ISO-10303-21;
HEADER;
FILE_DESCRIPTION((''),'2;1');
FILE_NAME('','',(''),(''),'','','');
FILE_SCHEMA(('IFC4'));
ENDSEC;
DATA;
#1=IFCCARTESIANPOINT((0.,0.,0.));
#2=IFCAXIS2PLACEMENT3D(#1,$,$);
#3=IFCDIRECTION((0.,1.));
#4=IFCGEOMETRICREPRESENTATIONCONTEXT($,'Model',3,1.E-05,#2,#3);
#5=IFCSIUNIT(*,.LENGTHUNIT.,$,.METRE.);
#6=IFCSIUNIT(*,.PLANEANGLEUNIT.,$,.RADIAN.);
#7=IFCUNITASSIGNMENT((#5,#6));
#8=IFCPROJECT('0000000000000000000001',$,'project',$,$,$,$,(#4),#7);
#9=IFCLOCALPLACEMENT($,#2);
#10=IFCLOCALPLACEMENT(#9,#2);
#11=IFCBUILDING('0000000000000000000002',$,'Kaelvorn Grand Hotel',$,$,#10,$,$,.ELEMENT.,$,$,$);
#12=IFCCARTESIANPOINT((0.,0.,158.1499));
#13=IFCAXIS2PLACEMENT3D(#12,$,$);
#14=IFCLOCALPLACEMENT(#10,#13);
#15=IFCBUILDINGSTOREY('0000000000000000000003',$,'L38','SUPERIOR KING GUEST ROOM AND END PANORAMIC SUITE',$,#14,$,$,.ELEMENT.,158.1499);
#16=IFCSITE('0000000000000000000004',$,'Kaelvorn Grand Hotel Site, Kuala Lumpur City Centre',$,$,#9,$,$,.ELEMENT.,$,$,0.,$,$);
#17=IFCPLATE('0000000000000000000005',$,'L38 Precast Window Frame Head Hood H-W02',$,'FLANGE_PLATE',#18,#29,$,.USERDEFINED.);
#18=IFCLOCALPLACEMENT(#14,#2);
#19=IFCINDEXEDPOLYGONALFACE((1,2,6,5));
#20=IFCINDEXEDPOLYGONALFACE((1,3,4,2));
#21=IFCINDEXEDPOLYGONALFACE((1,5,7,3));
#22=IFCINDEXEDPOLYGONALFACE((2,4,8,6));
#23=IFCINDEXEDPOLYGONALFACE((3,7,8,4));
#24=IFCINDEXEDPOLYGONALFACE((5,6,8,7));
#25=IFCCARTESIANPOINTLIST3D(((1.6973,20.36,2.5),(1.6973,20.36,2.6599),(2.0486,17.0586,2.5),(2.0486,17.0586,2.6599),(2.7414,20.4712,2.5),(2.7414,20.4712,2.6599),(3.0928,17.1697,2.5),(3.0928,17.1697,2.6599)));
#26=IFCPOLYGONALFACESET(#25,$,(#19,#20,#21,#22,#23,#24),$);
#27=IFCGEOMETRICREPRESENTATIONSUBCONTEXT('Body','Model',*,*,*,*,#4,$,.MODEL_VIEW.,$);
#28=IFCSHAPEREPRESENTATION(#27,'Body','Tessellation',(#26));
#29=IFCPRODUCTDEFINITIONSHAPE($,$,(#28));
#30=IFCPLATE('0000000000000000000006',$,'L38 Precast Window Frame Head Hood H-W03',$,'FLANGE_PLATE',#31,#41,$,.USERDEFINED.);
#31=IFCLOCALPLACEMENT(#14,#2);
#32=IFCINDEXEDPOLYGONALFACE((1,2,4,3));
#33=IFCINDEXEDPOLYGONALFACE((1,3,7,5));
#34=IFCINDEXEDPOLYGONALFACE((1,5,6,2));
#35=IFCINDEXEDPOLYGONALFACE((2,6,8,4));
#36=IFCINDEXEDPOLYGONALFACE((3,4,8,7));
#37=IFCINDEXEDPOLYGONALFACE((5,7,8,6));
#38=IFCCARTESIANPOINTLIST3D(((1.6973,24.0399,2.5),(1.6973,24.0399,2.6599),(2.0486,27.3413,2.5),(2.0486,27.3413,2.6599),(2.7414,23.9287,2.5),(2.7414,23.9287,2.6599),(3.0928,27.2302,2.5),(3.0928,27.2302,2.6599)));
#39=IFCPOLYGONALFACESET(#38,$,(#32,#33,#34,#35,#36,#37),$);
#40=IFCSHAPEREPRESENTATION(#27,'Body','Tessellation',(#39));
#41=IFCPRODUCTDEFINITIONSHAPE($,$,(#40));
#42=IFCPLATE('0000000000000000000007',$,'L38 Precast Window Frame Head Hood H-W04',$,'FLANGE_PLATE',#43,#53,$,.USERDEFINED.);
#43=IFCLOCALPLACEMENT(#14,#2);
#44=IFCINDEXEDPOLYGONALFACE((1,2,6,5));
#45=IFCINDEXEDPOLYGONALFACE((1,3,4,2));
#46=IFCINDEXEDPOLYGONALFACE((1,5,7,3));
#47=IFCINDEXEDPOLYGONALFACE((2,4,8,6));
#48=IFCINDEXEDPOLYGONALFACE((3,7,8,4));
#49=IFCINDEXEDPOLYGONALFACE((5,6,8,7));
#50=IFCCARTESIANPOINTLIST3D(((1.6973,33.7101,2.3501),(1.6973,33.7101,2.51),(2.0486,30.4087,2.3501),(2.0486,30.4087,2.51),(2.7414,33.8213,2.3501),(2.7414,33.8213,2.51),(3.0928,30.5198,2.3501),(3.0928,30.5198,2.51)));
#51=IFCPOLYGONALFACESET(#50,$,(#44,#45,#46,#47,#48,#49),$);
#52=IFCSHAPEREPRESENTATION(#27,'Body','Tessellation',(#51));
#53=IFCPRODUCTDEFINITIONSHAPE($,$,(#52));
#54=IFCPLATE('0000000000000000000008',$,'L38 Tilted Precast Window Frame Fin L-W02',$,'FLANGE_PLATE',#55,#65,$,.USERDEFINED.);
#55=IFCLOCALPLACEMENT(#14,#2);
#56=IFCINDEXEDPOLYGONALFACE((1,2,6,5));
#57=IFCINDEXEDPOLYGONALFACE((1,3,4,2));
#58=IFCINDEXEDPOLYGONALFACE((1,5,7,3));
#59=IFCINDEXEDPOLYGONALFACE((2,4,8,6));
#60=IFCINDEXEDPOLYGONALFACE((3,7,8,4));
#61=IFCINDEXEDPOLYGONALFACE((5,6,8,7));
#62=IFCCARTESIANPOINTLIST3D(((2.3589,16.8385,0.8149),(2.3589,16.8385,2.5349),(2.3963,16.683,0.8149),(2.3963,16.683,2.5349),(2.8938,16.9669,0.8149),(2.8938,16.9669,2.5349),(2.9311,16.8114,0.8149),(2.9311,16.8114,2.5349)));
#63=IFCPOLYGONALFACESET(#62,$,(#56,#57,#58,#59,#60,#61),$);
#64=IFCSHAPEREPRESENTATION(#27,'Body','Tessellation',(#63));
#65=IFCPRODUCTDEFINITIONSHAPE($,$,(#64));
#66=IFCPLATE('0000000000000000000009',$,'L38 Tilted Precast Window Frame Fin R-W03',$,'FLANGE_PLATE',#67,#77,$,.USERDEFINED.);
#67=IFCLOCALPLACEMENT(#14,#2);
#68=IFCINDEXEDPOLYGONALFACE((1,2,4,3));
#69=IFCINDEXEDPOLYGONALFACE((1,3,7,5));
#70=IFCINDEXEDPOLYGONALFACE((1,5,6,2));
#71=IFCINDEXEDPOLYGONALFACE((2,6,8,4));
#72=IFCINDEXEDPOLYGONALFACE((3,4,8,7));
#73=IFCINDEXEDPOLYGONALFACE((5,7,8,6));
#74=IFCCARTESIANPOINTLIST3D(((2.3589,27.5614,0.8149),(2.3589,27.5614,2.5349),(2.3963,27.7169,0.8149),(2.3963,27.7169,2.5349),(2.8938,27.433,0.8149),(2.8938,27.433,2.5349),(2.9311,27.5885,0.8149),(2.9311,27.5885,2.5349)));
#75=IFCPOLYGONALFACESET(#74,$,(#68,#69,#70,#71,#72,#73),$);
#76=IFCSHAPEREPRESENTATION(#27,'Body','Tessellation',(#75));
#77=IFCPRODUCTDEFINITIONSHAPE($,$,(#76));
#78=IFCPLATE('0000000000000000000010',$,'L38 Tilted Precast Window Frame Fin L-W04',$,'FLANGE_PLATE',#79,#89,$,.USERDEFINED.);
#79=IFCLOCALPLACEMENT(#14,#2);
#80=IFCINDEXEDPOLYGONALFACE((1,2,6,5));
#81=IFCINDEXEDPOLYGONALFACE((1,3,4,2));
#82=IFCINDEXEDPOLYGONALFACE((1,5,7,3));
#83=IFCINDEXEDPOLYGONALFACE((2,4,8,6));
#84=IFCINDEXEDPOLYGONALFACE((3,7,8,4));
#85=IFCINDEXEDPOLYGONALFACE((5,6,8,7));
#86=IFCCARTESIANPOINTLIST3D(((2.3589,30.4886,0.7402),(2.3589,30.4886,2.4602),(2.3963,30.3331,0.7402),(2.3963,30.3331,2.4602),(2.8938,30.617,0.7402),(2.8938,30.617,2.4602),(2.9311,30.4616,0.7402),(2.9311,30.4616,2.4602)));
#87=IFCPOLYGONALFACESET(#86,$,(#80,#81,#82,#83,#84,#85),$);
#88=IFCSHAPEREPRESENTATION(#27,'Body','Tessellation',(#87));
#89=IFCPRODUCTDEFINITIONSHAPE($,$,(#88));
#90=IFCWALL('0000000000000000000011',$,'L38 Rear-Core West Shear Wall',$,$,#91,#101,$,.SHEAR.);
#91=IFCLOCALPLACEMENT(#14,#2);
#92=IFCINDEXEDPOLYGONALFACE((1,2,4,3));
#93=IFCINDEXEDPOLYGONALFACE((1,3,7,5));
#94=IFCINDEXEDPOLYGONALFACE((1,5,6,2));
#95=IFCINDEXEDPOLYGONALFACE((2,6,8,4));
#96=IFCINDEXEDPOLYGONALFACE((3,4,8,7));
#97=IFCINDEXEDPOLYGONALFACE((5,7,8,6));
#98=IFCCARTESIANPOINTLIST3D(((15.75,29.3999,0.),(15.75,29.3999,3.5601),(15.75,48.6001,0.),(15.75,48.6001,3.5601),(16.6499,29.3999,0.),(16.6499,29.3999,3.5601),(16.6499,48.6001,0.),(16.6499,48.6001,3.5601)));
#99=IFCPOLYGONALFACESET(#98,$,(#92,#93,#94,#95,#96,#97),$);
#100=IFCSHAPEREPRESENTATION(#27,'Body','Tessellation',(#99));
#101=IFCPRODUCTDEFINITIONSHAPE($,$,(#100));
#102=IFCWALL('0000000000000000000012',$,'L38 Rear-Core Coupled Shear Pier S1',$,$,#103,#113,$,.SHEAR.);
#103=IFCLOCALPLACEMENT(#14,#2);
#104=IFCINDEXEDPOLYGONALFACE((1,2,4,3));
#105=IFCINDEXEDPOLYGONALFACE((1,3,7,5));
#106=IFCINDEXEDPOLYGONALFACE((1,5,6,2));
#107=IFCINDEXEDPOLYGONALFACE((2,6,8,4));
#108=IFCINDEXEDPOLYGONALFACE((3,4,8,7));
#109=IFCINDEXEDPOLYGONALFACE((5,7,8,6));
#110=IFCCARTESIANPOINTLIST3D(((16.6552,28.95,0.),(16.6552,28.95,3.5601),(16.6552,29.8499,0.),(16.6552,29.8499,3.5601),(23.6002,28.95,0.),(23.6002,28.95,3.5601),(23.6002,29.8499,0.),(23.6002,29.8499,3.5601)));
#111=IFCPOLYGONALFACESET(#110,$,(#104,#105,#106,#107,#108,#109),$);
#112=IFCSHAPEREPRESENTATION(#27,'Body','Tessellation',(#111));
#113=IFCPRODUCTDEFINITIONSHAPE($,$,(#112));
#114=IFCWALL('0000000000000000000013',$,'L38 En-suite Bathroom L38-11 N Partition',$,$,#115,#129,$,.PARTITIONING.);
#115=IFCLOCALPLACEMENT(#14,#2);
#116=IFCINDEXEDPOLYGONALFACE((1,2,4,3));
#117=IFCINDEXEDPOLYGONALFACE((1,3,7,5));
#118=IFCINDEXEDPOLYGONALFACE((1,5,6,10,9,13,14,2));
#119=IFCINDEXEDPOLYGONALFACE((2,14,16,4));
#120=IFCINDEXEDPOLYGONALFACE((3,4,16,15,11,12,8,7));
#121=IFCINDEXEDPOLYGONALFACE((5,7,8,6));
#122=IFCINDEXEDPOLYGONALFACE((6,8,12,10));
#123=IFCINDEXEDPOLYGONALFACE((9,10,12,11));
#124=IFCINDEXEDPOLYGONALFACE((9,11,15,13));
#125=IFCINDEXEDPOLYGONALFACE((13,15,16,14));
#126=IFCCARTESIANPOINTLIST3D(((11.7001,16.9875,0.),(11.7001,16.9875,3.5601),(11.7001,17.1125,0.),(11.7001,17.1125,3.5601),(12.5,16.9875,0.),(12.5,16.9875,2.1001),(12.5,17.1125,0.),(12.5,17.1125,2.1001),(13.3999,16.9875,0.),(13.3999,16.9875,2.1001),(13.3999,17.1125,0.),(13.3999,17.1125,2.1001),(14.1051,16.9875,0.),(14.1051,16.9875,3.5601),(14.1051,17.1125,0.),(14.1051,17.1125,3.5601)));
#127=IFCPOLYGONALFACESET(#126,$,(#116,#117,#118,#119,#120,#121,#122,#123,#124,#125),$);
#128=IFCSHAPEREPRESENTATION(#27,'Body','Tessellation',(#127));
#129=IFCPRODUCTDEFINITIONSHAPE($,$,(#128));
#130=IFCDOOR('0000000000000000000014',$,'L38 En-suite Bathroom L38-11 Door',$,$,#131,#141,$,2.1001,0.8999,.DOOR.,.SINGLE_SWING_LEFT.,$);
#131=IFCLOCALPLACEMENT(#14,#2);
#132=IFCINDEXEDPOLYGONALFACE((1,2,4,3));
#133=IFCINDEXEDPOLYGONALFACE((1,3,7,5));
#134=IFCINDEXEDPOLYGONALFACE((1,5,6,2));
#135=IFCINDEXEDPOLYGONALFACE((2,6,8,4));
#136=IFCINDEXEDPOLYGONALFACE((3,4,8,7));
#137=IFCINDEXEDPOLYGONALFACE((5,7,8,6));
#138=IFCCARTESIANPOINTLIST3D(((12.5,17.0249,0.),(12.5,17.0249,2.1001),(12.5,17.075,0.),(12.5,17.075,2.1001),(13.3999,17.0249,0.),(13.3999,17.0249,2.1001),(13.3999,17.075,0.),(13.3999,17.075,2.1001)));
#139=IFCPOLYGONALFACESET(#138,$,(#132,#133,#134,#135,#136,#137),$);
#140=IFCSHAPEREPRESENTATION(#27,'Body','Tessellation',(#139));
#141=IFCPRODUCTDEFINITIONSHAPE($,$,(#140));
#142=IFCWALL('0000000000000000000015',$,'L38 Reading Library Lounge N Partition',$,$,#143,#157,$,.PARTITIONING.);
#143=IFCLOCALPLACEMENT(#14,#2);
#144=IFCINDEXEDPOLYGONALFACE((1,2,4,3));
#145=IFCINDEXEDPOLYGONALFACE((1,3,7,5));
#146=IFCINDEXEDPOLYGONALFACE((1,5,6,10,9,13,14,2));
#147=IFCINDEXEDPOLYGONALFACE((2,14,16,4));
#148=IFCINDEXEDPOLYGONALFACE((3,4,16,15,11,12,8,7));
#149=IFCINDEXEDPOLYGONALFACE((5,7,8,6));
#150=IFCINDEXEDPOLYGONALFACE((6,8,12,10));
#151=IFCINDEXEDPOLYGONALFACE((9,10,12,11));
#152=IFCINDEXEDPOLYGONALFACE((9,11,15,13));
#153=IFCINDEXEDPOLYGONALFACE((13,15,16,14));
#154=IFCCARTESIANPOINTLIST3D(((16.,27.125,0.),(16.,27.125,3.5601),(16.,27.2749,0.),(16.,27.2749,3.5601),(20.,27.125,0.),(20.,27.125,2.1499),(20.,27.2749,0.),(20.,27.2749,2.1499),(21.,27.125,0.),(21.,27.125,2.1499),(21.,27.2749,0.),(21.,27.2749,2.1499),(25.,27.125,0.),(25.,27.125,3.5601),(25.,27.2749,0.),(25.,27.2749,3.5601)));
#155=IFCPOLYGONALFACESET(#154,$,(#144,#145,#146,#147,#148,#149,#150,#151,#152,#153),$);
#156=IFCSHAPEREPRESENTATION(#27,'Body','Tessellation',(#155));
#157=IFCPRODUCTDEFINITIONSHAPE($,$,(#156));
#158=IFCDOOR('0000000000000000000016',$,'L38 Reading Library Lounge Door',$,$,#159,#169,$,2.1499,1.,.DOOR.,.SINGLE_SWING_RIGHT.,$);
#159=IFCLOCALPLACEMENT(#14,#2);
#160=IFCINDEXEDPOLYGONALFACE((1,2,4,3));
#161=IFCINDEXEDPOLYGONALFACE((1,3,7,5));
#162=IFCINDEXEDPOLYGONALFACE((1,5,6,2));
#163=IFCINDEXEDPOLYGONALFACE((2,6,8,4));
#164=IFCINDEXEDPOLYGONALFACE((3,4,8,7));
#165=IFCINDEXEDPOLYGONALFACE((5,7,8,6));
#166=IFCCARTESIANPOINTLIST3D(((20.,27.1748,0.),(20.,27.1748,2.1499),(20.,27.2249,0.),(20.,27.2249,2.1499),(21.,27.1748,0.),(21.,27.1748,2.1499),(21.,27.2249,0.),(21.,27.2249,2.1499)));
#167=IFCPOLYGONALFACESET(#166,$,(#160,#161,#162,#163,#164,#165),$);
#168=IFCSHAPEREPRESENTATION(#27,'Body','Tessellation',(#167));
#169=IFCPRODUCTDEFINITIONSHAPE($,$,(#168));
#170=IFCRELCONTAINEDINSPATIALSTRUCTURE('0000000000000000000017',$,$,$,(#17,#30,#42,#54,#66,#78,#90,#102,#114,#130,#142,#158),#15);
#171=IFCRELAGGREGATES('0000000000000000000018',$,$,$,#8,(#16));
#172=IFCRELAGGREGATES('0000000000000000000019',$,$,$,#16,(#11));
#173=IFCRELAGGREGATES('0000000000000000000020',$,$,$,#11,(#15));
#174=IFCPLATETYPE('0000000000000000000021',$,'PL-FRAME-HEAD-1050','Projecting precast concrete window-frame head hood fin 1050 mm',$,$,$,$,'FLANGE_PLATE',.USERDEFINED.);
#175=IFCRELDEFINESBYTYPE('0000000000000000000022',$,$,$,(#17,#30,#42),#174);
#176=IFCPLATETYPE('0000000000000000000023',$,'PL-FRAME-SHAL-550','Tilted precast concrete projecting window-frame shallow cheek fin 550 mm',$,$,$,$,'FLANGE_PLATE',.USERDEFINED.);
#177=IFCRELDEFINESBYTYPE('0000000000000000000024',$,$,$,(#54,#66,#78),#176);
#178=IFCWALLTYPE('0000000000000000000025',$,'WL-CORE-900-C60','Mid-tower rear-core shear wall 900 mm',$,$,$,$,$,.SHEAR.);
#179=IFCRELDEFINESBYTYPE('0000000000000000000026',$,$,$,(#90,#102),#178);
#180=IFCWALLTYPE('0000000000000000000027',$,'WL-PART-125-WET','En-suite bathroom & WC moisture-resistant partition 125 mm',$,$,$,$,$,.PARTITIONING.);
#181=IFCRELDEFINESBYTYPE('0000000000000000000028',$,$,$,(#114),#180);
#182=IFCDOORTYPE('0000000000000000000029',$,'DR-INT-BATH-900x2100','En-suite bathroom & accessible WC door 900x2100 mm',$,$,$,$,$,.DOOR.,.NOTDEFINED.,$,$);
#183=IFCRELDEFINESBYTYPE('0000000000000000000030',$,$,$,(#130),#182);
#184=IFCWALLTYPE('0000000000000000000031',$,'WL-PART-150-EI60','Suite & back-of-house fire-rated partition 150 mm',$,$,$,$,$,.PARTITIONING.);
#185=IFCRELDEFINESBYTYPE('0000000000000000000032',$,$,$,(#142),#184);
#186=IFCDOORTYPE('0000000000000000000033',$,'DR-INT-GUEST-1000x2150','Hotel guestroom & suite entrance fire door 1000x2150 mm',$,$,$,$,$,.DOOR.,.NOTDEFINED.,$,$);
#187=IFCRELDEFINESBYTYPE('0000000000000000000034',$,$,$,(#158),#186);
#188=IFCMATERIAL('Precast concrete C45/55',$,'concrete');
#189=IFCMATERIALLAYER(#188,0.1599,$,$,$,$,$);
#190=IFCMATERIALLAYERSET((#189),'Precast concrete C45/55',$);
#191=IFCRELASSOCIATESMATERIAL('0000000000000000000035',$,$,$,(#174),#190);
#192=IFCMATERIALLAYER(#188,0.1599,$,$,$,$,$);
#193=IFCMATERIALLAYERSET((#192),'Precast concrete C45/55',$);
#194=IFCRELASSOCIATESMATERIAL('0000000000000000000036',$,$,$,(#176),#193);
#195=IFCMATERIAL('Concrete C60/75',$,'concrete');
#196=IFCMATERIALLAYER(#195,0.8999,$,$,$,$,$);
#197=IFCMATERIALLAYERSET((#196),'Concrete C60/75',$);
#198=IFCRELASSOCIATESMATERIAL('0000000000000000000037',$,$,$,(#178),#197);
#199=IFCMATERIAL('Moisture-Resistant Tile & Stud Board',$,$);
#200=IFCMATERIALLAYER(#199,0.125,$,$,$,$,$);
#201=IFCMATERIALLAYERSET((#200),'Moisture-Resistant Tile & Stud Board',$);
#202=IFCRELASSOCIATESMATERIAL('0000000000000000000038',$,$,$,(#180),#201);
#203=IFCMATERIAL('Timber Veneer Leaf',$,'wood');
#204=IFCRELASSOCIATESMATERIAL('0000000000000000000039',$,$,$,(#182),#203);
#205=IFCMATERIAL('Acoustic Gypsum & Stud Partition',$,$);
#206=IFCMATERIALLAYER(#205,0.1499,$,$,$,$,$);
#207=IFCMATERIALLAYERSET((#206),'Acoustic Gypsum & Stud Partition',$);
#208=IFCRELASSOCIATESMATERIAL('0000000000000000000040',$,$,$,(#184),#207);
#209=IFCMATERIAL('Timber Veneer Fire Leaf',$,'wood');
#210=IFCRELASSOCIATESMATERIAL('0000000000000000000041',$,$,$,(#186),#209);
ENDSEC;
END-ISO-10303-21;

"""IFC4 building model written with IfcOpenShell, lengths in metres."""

from ifc_helpers import new_model, si_unit, direction, frame, frame_2d, origin, origin_2d, place, context, subcontext, project, spatial, rectangle, extrude, material, layer, layer_set, type_object, element, fill, save


model = new_model("IFC4")

# Units and contexts
model_context = context("Model", 3, precision=1e-05, world=origin(), true_north=direction((0.0, 1.0)))
body_context = subcontext(model_context, "Body", "Model", "MODEL_VIEW")
ifc_project = project(units=[si_unit("LENGTHUNIT", "METRE"), si_unit("PLANEANGLEUNIT", "RADIAN")], contexts=[model_context])

# Site, building, storey
site_placement = place(None, origin())
site = spatial("IfcSite", under=ifc_project, at=site_placement, Name="Kaelvorn Grand Hotel Site, Kuala Lumpur City Centre", CompositionType="ELEMENT", RefElevation=0.0)
building_placement = place(site_placement, origin())
building = spatial("IfcBuilding", under=site, at=building_placement, Name="Kaelvorn Grand Hotel", CompositionType="ELEMENT")
storey_placement = place(building_placement, frame((0.0, 0.0, 158.1499)))
storey = spatial("IfcBuildingStorey", under=building, at=storey_placement, Name="L38", Description="SUPERIOR KING GUEST ROOM AND END PANORAMIC SUITE", CompositionType="ELEMENT", Elevation=158.1499)

# Shared definitions
ifc_material_1 = material(Name="Concrete C60/75", Category="concrete")

# Plates
ifc_material_2 = material(Name="Precast concrete C45/55", Category="concrete")
ifc_layer_1 = layer(ifc_material_2, 0.1599)
ifc_layer_set_1 = layer_set([ifc_layer_1], Name="Precast concrete C45/55")
plate_type_1 = type_object("IfcPlateType", Name="PL-FRAME-HEAD-1050", Description="Projecting precast concrete window-frame head hood fin 1050 mm", ElementType="FLANGE_PLATE", PredefinedType="USERDEFINED", material=ifc_layer_set_1)
for number, where, z_axis, x_axis, name in (
    (1, (2.395, 18.7649, 2.5), (0.0, 0.0, 1.0), (-0.10583, 0.994384, 0.0), "L38 Precast Window Frame Head Hood H-W02"),
    (2, (2.395, 25.635, 2.5), (0.0, 0.0, 1.0), (0.10583, 0.994384, 0.0), "L38 Precast Window Frame Head Hood H-W03"),
    (3, (2.395, 32.115, 2.3501), (0.0, 0.0, 1.0), (-0.10583, 0.994384, 0.0), "L38 Precast Window Frame Head Hood H-W04"),
):
    element("IfcPlate", number, at=place(storey_placement, frame(where, z_axis=z_axis, x_axis=x_axis)), inside=storey, type_object=plate_type_1, Name=name, ObjectType="FLANGE_PLATE", PredefinedType="USERDEFINED", context=body_context, shape_type="SweptSolid", body=[
        extrude(rectangle(XDim=3.3201, YDim=1.05, at=origin_2d()), origin(), (0.0, 0.0, 1.0), 0.1599),
    ])
ifc_layer_2 = layer(ifc_material_2, 0.1599)
ifc_layer_set_2 = layer_set([ifc_layer_2], Name="Precast concrete C45/55")
plate_type_2 = type_object("IfcPlateType", Name="PL-FRAME-SHAL-550", Description="Tilted precast concrete projecting window-frame shallow cheek fin 550 mm", ElementType="FLANGE_PLATE", PredefinedType="USERDEFINED", material=ifc_layer_set_2)
for number, where, z_axis, x_axis, name in (
    (4, (2.645, 16.825, 0.8149), (0.0, 0.0, 1.0), (-0.233445, 0.97237, 0.0), "L38 Tilted Precast Window Frame Fin L-W02"),
    (5, (2.645, 27.575, 0.8149), (0.0, 0.0, 1.0), (0.233445, 0.97237, 0.0), "L38 Tilted Precast Window Frame Fin R-W03"),
    (6, (2.645, 30.4751, 0.7402), (0.0, 0.0, 1.0), (-0.233445, 0.97237, 0.0), "L38 Tilted Precast Window Frame Fin L-W04"),
):
    element("IfcPlate", number, at=place(storey_placement, frame(where, z_axis=z_axis, x_axis=x_axis)), inside=storey, type_object=plate_type_2, Name=name, ObjectType="FLANGE_PLATE", PredefinedType="USERDEFINED", context=body_context, shape_type="SweptSolid", body=[
        extrude(rectangle(XDim=0.1599, YDim=0.55, at=origin_2d()), origin(), (0.0, 0.0, 1.0), 1.72),
    ])

# Walls
ifc_layer_3 = layer(ifc_material_1, 0.8999)
ifc_layer_set_3 = layer_set([ifc_layer_3], Name="Concrete C60/75")
wall_type_1 = type_object("IfcWallType", Name="WL-CORE-900-C60", Description="Mid-tower rear-core shear wall 900 mm", PredefinedType="SHEAR", material=ifc_layer_set_3)
wall_1_placement = place(storey_placement, frame((16.2, 29.3999, 0.0), z_axis=(0.0, 0.0, 1.0), x_axis=(0.0, 1.0, 0.0)))
element("IfcWall", 7, at=wall_1_placement, inside=storey, type_object=wall_type_1, Name="L38 Rear-Core West Shear Wall", PredefinedType="SHEAR", context=body_context, shape_type="SweptSolid", body=[
    extrude(rectangle(XDim=19.2002, YDim=0.8999, at=frame_2d((9.6001, 0.0))), origin(), (0.0, 0.0, 1.0), 3.5601),
])
wall_2_placement = place(storey_placement, frame((16.655, 29.3999, 0.0), z_axis=(0.0, 0.0, 1.0), x_axis=(1.0, 0.0, 0.0)))
element("IfcWall", 8, at=wall_2_placement, inside=storey, type_object=wall_type_1, Name="L38 Rear-Core Coupled Shear Pier S1", PredefinedType="SHEAR", context=body_context, shape_type="SweptSolid", body=[
    extrude(rectangle(XDim=6.9451, YDim=0.8999, at=frame_2d((3.4727, 0.0))), origin(), (0.0, 0.0, 1.0), 3.5601),
])

# Walls, openings, doors
ifc_material_3 = material(Name="Moisture-Resistant Tile & Stud Board")
ifc_layer_4 = layer(ifc_material_3, 0.125)
ifc_layer_set_4 = layer_set([ifc_layer_4], Name="Moisture-Resistant Tile & Stud Board")
wall_type_2 = type_object("IfcWallType", Name="WL-PART-125-WET", Description="En-suite bathroom & WC moisture-resistant partition 125 mm", PredefinedType="PARTITIONING", material=ifc_layer_set_4)
wall_3_placement = place(storey_placement, frame((11.7, 17.05, 0.0), z_axis=(0.0, 0.0, 1.0), x_axis=(1.0, 0.0, 0.0)))
wall_3 = element("IfcWall", 9, at=wall_3_placement, inside=storey, type_object=wall_type_2, Name="L38 En-suite Bathroom L38-11 N Partition", PredefinedType="PARTITIONING", context=body_context, shape_type="SweptSolid", body=[
    extrude(rectangle(XDim=2.405, YDim=0.125, at=frame_2d((1.2026, 0.0))), origin(), (0.0, 0.0, 1.0), 3.5601),
])
opening_1_placement = place(wall_3_placement, frame((0.8, 0.0, 0.0)))
opening_1 = element("IfcOpeningElement", 10, at=opening_1_placement, cuts=wall_3, PredefinedType="OPENING", context=body_context, shape_type="SweptSolid", body=[
    extrude(rectangle(XDim=0.8999, YDim=2.1001, at=frame_2d((0.45, 1.05))), frame((0.0, 0.0725, 0.0), z_axis=(0.0, -1.0, 0.0), x_axis=(1.0, 0.0, 0.0)), (0.0, 0.0, 1.0), 0.145),
])
ifc_material_4 = material(Name="Timber Veneer Leaf", Category="wood")
door_type_1 = type_object("IfcDoorType", Name="DR-INT-BATH-900x2100", Description="En-suite bathroom & accessible WC door 900x2100 mm", OperationType="NOTDEFINED", PredefinedType="DOOR", material=ifc_material_4)
door_1_placement = place(opening_1_placement, origin())
door_1 = element("IfcDoor", 11, at=door_1_placement, inside=storey, type_object=door_type_1, Name="L38 En-suite Bathroom L38-11 Door", OperationType="SINGLE_SWING_LEFT", OverallHeight=2.1001, OverallWidth=0.8999, PredefinedType="DOOR", context=body_context, shape_type="SweptSolid", body=[
    extrude(rectangle(XDim=0.8999, YDim=2.1001, at=frame_2d((0.45, 1.05))), frame((0.0, 0.0249, 0.0), z_axis=(0.0, -1.0, 0.0), x_axis=(1.0, 0.0, 0.0)), (0.0, 0.0, 1.0), 0.05),
])
fill(opening_1, door_1)
ifc_material_5 = material(Name="Acoustic Gypsum & Stud Partition")
ifc_layer_5 = layer(ifc_material_5, 0.1499)
ifc_layer_set_5 = layer_set([ifc_layer_5], Name="Acoustic Gypsum & Stud Partition")
wall_type_3 = type_object("IfcWallType", Name="WL-PART-150-EI60", Description="Suite & back-of-house fire-rated partition 150 mm", PredefinedType="PARTITIONING", material=ifc_layer_set_5)
wall_4_placement = place(storey_placement, frame((16.0, 27.2, 0.0), z_axis=(0.0, 0.0, 1.0), x_axis=(1.0, 0.0, 0.0)))
wall_4 = element("IfcWall", 12, at=wall_4_placement, inside=storey, type_object=wall_type_3, Name="L38 Reading Library Lounge N Partition", PredefinedType="PARTITIONING", context=body_context, shape_type="SweptSolid", body=[
    extrude(rectangle(XDim=9.0, YDim=0.1499, at=frame_2d((4.5, 0.0))), origin(), (0.0, 0.0, 1.0), 3.5601),
])
opening_2_placement = place(wall_4_placement, frame((4.0, 0.0, 0.0)))
opening_2 = element("IfcOpeningElement", 13, at=opening_2_placement, cuts=wall_4, PredefinedType="OPENING", context=body_context, shape_type="SweptSolid", body=[
    extrude(rectangle(XDim=1.0, YDim=2.1499, at=frame_2d((0.5, 1.075))), frame((0.0, 0.085, 0.0), z_axis=(0.0, -1.0, 0.0), x_axis=(1.0, 0.0, 0.0)), (0.0, 0.0, 1.0), 0.1699),
])
ifc_material_6 = material(Name="Timber Veneer Fire Leaf", Category="wood")
door_type_2 = type_object("IfcDoorType", Name="DR-INT-GUEST-1000x2150", Description="Hotel guestroom & suite entrance fire door 1000x2150 mm", OperationType="NOTDEFINED", PredefinedType="DOOR", material=ifc_material_6)
door_2_placement = place(opening_2_placement, origin())
door_2 = element("IfcDoor", 14, at=door_2_placement, inside=storey, type_object=door_type_2, Name="L38 Reading Library Lounge Door", OperationType="SINGLE_SWING_RIGHT", OverallHeight=2.1499, OverallWidth=1.0, PredefinedType="DOOR", context=body_context, shape_type="SweptSolid", body=[
    extrude(rectangle(XDim=1.0, YDim=2.1499, at=frame_2d((0.5, 1.075))), frame((0.0, 0.0249, 0.0), z_axis=(0.0, -1.0, 0.0), x_axis=(1.0, 0.0, 0.0)), (0.0, 0.0, 1.0), 0.05),
])
fill(opening_2, door_2)

save(model, "model.ifc")
